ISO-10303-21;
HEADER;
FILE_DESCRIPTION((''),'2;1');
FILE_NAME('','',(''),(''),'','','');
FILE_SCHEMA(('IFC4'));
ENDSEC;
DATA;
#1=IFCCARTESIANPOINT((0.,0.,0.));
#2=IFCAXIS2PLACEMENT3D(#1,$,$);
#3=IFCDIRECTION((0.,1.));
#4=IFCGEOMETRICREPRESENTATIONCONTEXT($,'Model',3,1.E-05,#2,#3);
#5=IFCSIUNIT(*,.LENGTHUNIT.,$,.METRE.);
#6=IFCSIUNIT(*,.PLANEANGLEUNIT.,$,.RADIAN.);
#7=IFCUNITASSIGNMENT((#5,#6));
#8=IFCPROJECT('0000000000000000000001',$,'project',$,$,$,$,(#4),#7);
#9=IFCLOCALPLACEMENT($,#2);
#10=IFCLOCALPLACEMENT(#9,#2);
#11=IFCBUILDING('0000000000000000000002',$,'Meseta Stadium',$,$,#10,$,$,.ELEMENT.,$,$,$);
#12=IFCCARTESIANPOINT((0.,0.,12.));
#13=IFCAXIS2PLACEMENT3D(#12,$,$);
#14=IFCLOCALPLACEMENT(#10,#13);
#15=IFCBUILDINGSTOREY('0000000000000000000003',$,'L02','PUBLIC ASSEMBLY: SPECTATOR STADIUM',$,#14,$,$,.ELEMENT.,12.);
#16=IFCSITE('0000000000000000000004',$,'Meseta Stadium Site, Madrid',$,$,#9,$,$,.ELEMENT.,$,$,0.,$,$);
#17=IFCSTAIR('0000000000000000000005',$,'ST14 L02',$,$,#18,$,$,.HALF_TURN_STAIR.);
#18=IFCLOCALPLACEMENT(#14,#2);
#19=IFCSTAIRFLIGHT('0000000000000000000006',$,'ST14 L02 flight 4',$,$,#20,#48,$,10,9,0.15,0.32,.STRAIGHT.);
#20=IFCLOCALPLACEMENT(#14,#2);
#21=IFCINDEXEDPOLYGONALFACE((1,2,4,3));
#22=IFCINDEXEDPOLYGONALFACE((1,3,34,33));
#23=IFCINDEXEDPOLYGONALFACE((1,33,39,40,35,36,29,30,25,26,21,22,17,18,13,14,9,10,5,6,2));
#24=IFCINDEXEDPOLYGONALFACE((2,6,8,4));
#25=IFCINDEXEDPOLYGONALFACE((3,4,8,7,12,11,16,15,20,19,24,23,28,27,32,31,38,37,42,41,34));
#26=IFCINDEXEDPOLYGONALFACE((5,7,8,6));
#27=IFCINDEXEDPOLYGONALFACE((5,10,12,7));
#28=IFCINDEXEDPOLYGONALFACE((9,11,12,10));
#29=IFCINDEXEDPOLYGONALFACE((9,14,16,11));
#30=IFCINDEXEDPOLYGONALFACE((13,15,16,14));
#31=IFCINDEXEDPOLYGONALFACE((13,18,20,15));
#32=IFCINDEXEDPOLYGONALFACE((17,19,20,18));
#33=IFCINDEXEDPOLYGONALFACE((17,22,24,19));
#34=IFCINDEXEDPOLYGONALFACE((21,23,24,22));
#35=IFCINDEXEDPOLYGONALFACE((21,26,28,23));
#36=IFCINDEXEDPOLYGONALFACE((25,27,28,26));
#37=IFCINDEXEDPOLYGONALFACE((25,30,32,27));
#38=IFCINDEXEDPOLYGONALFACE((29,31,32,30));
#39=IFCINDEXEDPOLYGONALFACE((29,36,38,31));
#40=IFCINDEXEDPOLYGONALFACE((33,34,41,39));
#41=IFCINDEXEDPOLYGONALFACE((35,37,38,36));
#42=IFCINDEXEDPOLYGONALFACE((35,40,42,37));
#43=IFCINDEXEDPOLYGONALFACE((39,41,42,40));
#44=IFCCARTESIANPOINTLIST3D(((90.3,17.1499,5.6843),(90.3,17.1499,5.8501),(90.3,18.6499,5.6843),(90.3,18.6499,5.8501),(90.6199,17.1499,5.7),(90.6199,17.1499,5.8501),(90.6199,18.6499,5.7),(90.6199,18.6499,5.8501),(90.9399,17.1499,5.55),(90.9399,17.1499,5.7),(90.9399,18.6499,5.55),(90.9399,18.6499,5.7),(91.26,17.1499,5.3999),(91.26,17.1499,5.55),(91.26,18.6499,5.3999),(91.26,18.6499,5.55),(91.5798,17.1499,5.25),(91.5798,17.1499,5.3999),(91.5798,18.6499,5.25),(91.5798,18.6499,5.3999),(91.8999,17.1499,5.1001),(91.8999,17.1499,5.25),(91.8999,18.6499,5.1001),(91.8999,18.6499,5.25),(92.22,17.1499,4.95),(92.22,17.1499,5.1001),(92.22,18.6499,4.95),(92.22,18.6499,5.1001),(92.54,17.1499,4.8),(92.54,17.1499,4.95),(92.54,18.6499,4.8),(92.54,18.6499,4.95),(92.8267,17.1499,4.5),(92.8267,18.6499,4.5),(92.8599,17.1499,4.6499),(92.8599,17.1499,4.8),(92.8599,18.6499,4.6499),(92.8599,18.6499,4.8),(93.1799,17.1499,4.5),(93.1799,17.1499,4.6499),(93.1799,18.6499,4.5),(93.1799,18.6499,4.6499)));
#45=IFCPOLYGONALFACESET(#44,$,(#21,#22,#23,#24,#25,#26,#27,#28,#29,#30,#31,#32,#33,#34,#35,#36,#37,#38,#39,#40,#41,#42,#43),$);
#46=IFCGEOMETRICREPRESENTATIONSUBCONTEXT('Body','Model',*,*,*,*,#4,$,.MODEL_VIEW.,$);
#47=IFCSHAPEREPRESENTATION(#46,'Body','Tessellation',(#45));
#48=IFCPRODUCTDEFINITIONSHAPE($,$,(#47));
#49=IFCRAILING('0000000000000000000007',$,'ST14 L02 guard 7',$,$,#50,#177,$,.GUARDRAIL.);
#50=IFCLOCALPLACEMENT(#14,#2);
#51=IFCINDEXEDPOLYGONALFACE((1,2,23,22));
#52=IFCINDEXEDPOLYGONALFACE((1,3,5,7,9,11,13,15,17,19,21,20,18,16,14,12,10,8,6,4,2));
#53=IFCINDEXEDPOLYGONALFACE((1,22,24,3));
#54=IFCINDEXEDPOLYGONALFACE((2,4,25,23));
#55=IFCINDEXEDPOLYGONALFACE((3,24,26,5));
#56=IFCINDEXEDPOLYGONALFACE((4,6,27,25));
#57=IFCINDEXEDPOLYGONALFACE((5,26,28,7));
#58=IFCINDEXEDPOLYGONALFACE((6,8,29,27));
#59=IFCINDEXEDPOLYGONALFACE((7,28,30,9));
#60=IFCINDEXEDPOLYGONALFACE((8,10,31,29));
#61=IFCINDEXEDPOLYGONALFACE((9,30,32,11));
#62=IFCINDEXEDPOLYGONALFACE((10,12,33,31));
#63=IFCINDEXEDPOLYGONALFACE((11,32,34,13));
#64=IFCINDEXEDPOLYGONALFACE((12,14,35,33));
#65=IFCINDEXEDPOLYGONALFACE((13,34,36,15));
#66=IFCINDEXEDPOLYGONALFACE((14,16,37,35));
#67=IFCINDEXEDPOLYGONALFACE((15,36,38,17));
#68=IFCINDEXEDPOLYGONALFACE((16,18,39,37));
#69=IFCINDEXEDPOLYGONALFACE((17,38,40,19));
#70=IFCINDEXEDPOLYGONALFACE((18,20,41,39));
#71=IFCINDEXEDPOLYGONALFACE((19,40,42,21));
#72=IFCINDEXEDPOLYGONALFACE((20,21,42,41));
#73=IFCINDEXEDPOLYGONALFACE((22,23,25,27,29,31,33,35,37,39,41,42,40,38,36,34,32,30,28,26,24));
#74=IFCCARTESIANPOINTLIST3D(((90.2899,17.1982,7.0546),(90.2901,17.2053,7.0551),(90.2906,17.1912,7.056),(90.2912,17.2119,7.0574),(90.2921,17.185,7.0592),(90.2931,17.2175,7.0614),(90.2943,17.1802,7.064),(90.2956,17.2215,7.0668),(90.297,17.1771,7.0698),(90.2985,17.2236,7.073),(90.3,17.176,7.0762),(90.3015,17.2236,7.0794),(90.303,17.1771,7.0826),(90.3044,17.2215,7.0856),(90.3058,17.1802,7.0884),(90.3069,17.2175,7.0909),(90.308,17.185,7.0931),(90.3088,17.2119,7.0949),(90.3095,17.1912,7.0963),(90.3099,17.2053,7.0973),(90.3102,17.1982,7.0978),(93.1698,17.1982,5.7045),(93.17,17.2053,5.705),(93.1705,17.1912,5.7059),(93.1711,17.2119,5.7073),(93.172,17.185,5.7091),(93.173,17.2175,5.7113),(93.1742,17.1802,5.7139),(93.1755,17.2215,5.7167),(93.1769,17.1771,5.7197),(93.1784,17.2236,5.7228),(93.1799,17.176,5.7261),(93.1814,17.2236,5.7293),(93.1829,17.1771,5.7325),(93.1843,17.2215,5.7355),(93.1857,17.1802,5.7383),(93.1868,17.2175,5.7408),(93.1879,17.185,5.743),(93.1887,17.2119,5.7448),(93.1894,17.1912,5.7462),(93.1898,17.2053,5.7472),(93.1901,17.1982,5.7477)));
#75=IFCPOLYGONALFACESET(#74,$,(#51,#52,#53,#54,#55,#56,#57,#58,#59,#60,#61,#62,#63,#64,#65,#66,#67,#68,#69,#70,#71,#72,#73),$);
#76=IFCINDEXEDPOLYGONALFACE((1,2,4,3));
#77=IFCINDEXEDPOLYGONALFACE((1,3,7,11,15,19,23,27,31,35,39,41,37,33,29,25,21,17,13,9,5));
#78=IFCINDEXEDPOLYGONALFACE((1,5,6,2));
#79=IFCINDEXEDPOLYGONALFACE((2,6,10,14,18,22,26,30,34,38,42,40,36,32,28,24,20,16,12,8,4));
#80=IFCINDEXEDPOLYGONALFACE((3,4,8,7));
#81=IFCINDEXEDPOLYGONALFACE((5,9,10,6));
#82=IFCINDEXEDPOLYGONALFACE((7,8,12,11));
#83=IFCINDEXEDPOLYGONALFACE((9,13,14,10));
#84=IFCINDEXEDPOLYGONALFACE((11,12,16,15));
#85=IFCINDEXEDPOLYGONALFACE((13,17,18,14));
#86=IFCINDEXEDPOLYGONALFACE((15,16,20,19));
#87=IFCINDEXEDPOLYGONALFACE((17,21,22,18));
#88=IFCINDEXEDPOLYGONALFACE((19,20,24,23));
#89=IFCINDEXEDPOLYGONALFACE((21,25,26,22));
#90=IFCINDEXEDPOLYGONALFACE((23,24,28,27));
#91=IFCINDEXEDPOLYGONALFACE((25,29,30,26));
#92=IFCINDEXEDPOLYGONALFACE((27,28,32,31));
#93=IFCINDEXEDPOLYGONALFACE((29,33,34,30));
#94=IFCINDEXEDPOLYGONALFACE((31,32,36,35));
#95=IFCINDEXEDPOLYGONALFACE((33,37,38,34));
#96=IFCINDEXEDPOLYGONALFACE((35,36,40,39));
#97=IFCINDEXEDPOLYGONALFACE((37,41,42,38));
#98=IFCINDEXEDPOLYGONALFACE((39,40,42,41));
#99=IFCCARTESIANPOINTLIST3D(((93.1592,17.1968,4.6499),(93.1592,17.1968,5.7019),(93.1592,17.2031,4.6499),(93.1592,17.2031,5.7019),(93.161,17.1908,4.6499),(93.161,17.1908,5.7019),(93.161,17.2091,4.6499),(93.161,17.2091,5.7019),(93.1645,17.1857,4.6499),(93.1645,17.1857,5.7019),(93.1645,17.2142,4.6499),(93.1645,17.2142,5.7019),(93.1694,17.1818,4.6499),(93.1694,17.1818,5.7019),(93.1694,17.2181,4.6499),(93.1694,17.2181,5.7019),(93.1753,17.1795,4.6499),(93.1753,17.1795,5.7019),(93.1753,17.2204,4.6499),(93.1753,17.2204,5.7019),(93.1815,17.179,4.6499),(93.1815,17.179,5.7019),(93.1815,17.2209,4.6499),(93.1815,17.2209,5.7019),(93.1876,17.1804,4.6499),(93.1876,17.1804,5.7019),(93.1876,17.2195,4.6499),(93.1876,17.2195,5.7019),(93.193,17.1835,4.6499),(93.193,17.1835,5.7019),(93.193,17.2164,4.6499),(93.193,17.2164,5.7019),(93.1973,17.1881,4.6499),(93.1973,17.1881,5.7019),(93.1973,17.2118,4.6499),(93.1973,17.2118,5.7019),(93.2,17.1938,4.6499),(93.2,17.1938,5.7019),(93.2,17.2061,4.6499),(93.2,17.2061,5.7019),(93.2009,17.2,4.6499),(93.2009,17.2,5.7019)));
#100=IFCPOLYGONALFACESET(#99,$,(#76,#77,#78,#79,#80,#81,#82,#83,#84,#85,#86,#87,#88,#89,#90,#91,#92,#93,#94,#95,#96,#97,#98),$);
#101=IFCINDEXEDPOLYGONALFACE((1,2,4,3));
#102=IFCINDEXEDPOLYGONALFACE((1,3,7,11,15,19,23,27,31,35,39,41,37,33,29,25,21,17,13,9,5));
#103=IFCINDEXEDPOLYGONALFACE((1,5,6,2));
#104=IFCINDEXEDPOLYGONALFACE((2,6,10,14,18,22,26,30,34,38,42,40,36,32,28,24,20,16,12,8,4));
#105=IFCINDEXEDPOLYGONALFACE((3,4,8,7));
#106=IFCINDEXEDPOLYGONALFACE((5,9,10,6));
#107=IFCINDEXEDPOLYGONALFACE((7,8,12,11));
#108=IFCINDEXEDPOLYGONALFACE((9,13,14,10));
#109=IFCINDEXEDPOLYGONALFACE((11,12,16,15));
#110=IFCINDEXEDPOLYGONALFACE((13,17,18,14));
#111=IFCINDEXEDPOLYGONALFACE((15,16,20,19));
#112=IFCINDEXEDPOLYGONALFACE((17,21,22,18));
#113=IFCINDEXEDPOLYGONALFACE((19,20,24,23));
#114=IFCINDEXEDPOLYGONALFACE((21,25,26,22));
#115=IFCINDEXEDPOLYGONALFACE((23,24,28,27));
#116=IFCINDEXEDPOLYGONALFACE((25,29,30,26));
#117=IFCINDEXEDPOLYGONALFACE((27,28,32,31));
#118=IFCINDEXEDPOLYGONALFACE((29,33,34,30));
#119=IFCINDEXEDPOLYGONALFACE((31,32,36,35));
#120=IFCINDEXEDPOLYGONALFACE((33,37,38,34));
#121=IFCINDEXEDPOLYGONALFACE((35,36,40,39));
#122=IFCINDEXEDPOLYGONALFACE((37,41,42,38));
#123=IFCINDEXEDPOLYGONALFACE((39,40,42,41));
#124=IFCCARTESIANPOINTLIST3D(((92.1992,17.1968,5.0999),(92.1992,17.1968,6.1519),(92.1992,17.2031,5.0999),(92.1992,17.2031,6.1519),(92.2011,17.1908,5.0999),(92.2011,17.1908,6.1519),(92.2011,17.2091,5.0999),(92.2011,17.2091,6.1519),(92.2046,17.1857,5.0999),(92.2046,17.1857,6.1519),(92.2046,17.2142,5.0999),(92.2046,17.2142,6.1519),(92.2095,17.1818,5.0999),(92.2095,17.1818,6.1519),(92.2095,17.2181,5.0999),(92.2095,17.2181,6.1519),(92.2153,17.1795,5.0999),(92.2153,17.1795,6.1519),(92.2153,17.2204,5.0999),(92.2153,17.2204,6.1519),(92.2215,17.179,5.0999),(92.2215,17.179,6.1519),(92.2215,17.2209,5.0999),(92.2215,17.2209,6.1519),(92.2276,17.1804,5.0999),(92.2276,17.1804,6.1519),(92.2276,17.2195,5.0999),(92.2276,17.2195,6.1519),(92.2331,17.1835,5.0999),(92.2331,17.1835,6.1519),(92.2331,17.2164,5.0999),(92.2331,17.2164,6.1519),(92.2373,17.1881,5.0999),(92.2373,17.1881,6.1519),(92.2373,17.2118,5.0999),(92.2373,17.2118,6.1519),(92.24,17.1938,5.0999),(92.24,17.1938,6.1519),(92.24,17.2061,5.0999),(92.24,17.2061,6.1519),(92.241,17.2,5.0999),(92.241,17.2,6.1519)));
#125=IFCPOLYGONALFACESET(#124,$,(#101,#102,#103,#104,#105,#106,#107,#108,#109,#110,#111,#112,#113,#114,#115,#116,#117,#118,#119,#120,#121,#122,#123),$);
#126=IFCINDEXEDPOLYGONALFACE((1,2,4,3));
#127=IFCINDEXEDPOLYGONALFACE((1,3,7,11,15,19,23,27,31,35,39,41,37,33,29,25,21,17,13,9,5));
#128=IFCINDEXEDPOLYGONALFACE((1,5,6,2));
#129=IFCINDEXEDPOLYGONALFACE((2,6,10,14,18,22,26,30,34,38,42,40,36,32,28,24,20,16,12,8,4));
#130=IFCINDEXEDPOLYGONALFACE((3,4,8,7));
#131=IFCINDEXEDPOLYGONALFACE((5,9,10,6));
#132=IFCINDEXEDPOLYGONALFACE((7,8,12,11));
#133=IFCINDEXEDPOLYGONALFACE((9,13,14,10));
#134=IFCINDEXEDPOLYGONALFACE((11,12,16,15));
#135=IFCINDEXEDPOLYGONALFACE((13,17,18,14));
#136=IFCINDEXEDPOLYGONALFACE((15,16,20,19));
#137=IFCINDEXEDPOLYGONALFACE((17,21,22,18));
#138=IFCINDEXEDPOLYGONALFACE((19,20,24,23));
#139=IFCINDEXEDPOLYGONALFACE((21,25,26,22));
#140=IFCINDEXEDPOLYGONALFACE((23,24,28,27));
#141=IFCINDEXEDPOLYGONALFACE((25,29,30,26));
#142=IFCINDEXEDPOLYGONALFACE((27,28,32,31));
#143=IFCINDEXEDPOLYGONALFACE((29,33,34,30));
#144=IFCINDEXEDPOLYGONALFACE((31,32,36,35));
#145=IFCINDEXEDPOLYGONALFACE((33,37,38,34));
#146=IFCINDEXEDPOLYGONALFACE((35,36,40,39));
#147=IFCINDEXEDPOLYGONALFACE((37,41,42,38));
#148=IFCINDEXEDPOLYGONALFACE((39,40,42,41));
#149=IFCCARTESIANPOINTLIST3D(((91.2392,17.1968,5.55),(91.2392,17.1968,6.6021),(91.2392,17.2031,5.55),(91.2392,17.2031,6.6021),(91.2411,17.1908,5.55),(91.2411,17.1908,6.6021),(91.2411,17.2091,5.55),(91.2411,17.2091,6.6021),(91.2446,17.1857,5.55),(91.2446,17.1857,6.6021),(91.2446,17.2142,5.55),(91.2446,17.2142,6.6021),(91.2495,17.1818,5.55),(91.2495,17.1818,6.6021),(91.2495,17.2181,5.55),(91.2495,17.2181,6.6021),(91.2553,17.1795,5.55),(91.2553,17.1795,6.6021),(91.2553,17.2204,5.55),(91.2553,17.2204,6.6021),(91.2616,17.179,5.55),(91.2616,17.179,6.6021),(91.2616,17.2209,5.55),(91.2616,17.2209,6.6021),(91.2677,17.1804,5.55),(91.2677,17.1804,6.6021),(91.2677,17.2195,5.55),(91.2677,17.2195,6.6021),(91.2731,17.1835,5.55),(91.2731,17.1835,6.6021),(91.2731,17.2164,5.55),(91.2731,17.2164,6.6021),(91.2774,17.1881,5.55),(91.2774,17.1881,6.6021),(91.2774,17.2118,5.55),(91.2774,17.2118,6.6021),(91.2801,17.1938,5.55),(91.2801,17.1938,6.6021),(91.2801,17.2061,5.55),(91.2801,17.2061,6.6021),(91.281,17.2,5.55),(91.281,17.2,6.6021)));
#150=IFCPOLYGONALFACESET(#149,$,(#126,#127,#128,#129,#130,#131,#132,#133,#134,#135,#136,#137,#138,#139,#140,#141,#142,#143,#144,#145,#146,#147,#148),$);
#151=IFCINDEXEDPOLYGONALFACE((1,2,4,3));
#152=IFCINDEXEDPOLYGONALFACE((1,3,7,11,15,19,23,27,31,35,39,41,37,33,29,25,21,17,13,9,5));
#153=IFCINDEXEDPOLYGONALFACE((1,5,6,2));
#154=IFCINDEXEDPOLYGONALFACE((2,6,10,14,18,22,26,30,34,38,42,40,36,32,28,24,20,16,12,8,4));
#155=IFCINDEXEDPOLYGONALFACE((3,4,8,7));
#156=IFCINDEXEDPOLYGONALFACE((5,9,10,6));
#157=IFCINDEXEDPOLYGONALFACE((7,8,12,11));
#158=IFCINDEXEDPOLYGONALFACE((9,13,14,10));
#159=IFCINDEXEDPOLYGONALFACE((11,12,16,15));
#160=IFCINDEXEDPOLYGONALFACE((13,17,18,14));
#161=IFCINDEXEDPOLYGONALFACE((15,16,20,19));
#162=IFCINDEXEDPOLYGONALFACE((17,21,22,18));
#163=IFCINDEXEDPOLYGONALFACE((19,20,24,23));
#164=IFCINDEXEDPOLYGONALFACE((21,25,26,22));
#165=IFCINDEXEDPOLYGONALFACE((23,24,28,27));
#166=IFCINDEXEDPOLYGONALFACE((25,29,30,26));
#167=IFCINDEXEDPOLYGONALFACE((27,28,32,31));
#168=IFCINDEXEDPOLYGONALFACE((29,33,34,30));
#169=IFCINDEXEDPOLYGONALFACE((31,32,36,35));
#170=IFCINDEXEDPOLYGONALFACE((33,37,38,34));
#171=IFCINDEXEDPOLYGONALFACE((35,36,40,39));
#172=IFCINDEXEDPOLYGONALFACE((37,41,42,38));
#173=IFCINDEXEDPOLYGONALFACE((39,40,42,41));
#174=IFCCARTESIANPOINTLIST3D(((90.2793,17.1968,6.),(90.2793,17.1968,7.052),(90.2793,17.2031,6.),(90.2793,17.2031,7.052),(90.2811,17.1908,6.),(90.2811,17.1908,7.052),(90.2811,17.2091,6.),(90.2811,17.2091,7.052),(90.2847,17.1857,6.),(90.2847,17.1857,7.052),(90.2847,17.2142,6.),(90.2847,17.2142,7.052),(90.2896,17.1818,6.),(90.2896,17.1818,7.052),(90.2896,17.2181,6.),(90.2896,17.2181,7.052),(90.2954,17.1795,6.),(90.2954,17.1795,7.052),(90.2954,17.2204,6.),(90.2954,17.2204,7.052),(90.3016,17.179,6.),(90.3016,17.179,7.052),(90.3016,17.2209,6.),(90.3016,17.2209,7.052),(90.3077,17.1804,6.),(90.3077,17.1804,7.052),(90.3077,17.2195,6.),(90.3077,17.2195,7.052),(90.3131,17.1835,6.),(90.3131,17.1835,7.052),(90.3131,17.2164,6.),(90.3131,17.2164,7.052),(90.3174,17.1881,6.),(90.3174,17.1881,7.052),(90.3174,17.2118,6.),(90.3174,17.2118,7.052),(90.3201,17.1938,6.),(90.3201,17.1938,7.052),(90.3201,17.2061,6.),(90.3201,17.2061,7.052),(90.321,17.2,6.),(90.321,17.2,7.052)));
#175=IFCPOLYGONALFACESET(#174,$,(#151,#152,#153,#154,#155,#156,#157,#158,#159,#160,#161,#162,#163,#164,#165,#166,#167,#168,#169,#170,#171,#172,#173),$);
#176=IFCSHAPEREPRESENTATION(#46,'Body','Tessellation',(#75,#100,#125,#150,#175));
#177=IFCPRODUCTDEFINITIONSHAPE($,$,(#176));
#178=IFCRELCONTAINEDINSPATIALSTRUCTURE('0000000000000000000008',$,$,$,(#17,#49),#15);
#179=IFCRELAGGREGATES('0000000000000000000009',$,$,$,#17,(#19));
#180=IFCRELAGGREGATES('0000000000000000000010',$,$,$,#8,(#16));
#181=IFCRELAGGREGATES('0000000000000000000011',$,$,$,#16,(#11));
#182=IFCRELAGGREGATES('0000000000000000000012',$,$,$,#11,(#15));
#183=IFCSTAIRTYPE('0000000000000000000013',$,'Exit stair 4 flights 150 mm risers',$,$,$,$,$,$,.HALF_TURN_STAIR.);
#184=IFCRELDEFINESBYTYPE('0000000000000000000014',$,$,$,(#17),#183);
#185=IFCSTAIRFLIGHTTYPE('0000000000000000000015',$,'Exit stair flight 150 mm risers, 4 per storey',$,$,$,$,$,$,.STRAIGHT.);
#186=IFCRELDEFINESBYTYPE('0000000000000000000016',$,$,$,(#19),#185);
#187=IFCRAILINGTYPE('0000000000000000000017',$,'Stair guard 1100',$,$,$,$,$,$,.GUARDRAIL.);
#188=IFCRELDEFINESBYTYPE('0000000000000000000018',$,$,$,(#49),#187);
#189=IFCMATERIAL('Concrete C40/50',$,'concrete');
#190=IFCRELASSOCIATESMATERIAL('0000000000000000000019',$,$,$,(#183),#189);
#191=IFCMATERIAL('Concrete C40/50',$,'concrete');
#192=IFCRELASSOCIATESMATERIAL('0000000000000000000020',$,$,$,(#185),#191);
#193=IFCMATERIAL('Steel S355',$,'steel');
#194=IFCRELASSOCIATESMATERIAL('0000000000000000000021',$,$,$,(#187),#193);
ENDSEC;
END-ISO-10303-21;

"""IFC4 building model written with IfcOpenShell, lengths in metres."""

from ifc_helpers import new_model, si_unit, direction, frame, origin, origin_2d, place, context, subcontext, project, spatial, polyline, circle, outline, extrude, material, type_object, element, aggregate, save


model = new_model("IFC4")

# Units and contexts
model_context = context("Model", 3, precision=1e-05, world=origin(), true_north=direction((0.0, 1.0)))
body_context = subcontext(model_context, "Body", "Model", "MODEL_VIEW")
ifc_project = project(units=[si_unit("LENGTHUNIT", "METRE"), si_unit("PLANEANGLEUNIT", "RADIAN")], contexts=[model_context])

# Site, building, storey
site_placement = place(None, origin())
site = spatial("IfcSite", under=ifc_project, at=site_placement, Name="Meseta Stadium Site, Madrid", CompositionType="ELEMENT", RefElevation=0.0)
building_placement = place(site_placement, origin())
building = spatial("IfcBuilding", under=site, at=building_placement, Name="Meseta Stadium", CompositionType="ELEMENT")
storey_placement = place(building_placement, frame((0.0, 0.0, 12.0)))
storey = spatial("IfcBuildingStorey", under=building, at=storey_placement, Name="L02", Description="PUBLIC ASSEMBLY: SPECTATOR STADIUM", CompositionType="ELEMENT", Elevation=12.0)

# Stair, stair flight
ifc_material_1 = material(Name="Concrete C40/50", Category="concrete")
stair_type = type_object("IfcStairType", Name="Exit stair 4 flights 150 mm risers", PredefinedType="HALF_TURN_STAIR", material=ifc_material_1)
stair_placement = place(storey_placement, origin())
stair = element("IfcStair", 1, at=stair_placement, inside=storey, type_object=stair_type, Name="ST14 L02", PredefinedType="HALF_TURN_STAIR")
ifc_material_2 = material(Name="Concrete C40/50", Category="concrete")
stair_flight_type = type_object("IfcStairFlightType", Name="Exit stair flight 150 mm risers, 4 per storey", PredefinedType="STRAIGHT", material=ifc_material_2)
stair_flight_1_placement = place(storey_placement, frame((93.1799, 17.8999, 4.5), z_axis=(0.0, 0.0, 1.0), x_axis=(-1.0, 0.0, 0.0)))
stair_flight_1 = element("IfcStairFlight", 2, at=stair_flight_1_placement, type_object=stair_flight_type, Name="ST14 L02 flight 4", NumberOfRisers=10, NumberOfTreads=9, PredefinedType="STRAIGHT", RiserHeight=0.15, TreadLength=0.32, context=body_context, shape_type="SweptSolid", body=[
    extrude(outline(polyline([(0.0, 0.0), (0.0, 0.1499), (0.3201, 0.1499), (0.3201, 0.3), (0.6399, 0.3), (0.6399, 0.45), (0.96, 0.45), (0.96, 0.6001), (1.28, 0.6001), (1.28, 0.75), (1.6001, 0.75), (1.6001, 0.8999), (1.9199, 0.8999), (1.9199, 1.05), (2.24, 1.05), (2.24, 1.2), (2.5601, 1.2), (2.5601, 1.3501), (2.8799, 1.3501), (2.8799, 1.1843), (0.3533, 0.0), (0.0, 0.0)])), frame((0.0, 0.75, 0.0), z_axis=(0.0, -1.0, 0.0), x_axis=(1.0, 0.0, 0.0)), (0.0, 0.0, 1.0), 1.5),
])
aggregate(stair, [stair_flight_1])

# Railing
ifc_material_3 = material(Name="Steel S355", Category="steel")
railing_type_1 = type_object("IfcRailingType", Name="Stair guard 1100", PredefinedType="GUARDRAIL", material=ifc_material_3)
railing_placement = place(storey_placement, frame((93.1799, 17.2, 4.6499)))
element("IfcRailing", 3, at=railing_placement, inside=storey, type_object=railing_type_1, Name="ST14 L02 guard 7", PredefinedType="GUARDRAIL", context=body_context, shape_type="SweptSolid", body=[
    extrude(circle(Radius=0.0239, at=origin_2d()), frame((0.0, 0.0, 1.0762), z_axis=(-0.90544, 0.0, 0.424473), x_axis=(0.0, -1.0, 0.0)), (0.0, 0.0, 1.0), 3.1807),
    extrude(circle(Radius=0.021, at=origin_2d()), origin(), (0.0, 0.0, 1.0), 1.052),
    extrude(circle(Radius=0.021, at=origin_2d()), frame((-0.96, 0.0, 0.45)), (0.0, 0.0, 1.0), 1.052),
    extrude(circle(Radius=0.021, at=origin_2d()), frame((-1.9199, 0.0, 0.9001)), (0.0, 0.0, 1.0), 1.052),
    extrude(circle(Radius=0.021, at=origin_2d()), frame((-2.8799, 0.0, 1.3501)), (0.0, 0.0, 1.0), 1.052),
])

save(model, "model.ifc")
